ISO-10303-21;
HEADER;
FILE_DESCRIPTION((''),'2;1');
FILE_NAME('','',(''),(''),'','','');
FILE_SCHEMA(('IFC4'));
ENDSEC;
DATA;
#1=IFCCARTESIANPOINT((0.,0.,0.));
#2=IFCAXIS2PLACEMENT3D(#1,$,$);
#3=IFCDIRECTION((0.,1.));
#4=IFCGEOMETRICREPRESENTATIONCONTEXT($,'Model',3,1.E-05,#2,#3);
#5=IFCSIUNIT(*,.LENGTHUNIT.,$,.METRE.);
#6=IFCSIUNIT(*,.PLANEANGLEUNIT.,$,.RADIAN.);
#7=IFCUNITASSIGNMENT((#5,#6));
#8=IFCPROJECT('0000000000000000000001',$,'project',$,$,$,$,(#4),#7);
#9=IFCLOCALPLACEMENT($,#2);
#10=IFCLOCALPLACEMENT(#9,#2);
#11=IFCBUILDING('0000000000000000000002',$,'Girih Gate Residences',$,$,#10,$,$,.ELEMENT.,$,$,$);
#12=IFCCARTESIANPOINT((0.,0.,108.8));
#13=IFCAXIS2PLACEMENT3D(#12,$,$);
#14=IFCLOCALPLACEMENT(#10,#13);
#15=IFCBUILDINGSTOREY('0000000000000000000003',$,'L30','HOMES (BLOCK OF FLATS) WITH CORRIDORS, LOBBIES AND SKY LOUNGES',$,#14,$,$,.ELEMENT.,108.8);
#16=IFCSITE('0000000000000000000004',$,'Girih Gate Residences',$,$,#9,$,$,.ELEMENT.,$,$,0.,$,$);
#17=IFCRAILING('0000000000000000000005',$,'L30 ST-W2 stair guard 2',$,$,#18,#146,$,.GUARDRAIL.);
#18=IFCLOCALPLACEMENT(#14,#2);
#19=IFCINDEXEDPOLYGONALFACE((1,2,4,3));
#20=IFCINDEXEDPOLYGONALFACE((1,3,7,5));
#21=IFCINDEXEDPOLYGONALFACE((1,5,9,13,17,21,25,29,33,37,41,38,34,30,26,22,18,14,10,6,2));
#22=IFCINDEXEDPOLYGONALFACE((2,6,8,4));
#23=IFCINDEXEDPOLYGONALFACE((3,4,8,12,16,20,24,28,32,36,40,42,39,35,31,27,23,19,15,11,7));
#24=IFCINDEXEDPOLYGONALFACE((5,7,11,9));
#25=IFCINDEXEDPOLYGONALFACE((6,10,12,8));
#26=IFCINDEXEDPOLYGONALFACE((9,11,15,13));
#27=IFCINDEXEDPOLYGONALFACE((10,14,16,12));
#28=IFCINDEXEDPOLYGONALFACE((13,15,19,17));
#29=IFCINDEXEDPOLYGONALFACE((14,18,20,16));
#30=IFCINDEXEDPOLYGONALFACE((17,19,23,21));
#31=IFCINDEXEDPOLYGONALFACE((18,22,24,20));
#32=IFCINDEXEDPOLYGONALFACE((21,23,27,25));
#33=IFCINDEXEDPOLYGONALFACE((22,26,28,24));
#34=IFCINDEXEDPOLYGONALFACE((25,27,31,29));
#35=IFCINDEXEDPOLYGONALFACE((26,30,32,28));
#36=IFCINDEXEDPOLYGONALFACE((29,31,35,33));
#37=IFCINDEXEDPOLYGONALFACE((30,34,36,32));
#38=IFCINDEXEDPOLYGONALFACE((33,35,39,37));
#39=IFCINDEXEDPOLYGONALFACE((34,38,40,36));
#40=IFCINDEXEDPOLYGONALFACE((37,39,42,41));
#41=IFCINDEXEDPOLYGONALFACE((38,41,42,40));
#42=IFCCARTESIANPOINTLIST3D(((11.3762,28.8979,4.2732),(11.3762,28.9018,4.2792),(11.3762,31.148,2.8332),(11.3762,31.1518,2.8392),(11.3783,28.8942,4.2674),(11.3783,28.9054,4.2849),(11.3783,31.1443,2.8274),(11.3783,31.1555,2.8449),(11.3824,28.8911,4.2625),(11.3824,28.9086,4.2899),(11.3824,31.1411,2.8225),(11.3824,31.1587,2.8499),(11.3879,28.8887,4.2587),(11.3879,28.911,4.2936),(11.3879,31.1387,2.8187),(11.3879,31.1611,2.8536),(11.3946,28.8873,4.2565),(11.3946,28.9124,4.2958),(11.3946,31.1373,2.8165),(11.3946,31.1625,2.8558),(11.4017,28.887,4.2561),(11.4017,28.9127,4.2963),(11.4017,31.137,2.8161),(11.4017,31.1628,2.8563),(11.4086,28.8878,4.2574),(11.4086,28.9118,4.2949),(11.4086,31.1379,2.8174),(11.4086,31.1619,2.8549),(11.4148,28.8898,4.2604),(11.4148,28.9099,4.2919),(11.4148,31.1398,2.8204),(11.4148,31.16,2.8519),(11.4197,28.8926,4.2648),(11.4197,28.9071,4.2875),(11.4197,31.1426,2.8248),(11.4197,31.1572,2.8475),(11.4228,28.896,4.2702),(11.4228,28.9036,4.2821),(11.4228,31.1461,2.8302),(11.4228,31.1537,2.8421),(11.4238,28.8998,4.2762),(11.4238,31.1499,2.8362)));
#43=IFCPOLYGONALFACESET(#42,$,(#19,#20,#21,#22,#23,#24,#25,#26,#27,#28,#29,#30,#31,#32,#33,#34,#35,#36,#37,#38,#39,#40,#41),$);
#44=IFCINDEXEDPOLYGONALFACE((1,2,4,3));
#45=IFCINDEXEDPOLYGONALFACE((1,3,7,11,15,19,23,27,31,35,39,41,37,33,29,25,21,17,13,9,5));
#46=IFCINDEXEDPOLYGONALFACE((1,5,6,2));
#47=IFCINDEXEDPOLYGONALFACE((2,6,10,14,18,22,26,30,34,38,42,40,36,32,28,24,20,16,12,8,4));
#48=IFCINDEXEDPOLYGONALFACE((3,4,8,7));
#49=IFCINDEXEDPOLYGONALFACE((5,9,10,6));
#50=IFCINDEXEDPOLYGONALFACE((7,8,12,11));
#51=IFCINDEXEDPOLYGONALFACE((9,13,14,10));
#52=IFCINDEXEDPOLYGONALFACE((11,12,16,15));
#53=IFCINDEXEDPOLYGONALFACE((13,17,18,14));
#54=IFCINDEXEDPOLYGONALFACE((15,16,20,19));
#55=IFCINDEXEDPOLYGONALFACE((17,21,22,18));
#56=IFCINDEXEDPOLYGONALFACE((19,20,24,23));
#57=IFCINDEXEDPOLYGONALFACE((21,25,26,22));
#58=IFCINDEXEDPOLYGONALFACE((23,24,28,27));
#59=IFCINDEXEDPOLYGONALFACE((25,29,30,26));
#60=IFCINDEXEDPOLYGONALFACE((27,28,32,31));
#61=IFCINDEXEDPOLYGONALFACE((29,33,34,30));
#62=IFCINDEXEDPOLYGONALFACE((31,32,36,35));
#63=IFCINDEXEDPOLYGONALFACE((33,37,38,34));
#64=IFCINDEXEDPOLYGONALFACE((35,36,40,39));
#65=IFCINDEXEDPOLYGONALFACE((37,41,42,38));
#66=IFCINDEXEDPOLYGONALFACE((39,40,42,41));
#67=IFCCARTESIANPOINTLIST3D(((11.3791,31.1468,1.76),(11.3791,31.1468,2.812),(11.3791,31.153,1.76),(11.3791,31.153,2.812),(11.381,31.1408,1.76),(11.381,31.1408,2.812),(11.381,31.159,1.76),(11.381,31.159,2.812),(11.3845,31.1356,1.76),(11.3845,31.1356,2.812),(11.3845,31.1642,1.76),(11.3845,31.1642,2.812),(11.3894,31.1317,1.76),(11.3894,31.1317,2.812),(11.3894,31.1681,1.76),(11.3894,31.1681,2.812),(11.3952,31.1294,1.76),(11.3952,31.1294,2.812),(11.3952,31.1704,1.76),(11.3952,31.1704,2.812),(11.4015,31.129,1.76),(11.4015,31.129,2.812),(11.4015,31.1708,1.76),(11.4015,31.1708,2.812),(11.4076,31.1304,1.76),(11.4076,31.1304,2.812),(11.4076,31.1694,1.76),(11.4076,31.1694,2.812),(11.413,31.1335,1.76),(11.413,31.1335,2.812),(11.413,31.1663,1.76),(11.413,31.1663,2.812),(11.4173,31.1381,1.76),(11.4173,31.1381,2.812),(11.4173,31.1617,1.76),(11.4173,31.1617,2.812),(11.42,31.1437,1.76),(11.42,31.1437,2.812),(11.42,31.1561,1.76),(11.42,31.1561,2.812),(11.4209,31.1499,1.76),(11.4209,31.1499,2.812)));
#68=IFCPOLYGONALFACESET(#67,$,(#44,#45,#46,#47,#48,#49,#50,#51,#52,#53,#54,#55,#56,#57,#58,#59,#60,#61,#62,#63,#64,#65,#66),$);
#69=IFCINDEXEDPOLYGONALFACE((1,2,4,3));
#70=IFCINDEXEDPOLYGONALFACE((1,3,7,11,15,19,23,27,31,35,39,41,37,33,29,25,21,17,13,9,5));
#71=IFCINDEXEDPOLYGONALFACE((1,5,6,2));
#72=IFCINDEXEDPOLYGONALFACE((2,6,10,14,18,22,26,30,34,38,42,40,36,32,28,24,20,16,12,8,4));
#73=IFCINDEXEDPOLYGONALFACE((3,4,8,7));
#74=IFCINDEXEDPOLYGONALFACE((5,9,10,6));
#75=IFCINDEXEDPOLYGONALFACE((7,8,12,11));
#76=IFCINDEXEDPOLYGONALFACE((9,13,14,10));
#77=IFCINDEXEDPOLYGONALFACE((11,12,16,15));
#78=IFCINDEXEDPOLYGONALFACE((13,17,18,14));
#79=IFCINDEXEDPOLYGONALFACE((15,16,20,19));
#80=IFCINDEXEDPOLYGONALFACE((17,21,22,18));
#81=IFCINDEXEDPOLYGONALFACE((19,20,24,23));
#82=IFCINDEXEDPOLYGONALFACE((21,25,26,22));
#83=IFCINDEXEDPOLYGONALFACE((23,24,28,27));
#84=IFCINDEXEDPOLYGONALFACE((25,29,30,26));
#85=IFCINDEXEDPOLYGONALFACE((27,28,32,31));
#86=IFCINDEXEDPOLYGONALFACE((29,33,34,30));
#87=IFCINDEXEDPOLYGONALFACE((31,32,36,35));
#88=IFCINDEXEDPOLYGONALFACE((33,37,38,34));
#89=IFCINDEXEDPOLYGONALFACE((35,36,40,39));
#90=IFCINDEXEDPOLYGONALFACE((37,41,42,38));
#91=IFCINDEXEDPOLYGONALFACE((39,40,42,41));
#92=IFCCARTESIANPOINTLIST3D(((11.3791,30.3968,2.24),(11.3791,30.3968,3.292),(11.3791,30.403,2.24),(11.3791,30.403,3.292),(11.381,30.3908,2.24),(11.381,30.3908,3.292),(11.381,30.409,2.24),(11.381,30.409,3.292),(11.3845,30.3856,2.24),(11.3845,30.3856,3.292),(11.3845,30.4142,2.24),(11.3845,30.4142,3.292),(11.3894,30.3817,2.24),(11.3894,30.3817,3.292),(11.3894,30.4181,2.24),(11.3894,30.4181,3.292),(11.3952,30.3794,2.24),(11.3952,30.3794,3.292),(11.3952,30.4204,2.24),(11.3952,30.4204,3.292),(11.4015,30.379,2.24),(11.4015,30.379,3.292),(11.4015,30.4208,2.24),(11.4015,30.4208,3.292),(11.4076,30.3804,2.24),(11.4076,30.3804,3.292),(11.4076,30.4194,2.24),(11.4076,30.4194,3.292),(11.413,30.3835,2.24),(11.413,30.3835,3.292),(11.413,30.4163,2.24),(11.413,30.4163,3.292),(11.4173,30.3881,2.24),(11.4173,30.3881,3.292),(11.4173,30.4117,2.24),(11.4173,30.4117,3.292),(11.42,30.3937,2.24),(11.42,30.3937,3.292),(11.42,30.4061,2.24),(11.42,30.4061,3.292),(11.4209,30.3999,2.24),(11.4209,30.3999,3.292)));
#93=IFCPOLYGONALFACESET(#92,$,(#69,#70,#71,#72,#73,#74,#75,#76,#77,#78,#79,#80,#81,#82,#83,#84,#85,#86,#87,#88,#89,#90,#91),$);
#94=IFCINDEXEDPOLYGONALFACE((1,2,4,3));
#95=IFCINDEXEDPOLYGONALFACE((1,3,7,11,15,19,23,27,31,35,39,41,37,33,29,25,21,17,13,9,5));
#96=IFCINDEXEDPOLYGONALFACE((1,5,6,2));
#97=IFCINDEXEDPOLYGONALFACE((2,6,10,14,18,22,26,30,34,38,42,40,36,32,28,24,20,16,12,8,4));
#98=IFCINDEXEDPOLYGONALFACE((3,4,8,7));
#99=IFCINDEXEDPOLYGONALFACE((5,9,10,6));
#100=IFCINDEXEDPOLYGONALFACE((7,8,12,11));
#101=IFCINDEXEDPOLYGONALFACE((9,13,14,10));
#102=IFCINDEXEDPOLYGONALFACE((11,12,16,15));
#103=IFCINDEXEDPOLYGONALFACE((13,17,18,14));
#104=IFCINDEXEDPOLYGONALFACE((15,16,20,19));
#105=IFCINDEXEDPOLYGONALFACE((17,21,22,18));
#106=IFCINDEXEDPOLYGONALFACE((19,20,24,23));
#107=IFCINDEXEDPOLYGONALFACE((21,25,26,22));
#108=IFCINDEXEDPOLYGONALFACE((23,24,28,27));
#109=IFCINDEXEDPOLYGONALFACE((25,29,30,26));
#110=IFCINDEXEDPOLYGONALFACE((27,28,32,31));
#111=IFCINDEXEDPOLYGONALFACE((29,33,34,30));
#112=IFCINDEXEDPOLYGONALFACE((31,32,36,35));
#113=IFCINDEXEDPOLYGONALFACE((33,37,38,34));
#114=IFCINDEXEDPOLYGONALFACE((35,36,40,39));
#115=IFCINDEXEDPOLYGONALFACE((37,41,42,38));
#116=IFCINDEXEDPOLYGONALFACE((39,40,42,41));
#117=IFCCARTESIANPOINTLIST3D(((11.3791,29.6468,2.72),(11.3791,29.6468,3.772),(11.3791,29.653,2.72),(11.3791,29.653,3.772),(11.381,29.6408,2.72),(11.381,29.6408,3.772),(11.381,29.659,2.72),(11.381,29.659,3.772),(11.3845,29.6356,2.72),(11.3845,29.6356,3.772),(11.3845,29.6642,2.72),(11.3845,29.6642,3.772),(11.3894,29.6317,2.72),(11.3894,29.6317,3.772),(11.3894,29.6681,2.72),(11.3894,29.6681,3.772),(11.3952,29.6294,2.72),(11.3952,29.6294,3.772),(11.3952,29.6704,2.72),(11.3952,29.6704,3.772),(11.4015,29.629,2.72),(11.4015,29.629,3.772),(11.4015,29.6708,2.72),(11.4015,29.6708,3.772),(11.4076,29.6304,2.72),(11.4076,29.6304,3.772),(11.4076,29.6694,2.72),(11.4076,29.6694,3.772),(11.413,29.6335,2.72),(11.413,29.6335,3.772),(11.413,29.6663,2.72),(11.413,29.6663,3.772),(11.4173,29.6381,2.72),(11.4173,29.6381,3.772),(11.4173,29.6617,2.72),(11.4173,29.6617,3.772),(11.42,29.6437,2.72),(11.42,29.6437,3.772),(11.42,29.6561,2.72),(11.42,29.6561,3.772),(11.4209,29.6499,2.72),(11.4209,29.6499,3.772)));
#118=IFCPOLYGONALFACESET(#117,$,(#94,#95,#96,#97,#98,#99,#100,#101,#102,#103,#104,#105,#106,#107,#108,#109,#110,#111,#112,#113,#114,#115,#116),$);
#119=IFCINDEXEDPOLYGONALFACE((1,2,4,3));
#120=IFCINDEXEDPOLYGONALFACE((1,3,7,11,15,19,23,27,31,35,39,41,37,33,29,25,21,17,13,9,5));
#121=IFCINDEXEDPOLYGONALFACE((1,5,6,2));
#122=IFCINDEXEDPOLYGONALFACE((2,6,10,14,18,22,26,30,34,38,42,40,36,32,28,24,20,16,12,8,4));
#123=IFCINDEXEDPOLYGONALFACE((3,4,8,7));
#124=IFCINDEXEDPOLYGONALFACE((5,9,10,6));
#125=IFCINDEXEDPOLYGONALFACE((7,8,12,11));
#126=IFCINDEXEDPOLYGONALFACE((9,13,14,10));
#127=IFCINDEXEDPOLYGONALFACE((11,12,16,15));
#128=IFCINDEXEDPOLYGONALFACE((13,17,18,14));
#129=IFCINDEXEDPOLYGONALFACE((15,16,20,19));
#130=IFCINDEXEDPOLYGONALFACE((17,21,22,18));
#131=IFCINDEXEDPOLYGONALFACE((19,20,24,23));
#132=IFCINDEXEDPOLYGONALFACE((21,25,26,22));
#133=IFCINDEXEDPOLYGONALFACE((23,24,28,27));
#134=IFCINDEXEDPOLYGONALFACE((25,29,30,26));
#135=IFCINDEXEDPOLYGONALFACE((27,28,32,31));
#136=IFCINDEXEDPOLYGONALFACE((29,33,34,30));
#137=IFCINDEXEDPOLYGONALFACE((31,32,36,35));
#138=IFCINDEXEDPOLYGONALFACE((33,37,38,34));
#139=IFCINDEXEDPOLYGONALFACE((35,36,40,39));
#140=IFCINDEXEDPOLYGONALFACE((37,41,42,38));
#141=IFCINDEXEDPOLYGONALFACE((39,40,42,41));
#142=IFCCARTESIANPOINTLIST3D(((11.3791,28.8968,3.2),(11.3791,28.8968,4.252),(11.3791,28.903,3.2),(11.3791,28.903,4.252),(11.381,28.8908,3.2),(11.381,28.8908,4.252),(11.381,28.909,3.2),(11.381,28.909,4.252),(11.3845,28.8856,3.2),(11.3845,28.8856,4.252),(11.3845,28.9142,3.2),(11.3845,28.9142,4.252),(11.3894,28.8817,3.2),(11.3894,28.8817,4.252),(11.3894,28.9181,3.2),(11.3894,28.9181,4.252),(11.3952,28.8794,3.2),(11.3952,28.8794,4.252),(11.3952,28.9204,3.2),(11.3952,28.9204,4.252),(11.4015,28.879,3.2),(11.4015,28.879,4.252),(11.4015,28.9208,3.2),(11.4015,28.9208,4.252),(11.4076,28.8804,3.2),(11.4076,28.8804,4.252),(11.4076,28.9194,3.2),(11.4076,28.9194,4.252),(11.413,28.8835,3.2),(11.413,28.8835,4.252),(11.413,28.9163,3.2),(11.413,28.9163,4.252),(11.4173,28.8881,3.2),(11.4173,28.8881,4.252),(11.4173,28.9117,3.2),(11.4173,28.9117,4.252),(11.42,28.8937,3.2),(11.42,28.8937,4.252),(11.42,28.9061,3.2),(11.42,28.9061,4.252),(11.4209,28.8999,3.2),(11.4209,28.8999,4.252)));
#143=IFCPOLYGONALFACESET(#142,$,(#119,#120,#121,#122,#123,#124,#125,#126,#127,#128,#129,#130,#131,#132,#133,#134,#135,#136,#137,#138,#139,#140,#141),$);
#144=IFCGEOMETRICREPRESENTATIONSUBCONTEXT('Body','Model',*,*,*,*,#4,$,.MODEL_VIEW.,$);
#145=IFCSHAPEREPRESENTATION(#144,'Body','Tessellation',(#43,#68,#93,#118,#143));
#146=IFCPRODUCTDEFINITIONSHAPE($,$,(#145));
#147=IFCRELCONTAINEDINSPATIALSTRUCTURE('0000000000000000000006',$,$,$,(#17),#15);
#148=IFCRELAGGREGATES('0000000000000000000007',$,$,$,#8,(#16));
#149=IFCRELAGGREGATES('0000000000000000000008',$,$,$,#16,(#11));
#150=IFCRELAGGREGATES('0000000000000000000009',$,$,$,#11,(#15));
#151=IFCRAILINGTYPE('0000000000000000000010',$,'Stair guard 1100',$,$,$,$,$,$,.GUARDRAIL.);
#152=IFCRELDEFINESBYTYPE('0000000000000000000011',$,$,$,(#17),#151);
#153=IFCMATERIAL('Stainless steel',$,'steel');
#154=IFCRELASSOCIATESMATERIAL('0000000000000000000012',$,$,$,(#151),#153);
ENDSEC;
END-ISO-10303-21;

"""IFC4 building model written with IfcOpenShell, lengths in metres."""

from ifc_helpers import new_model, si_unit, direction, frame, origin, origin_2d, place, context, subcontext, project, spatial, circle, extrude, material, type_object, element, save


model = new_model("IFC4")

# Units and contexts
model_context = context("Model", 3, precision=1e-05, world=origin(), true_north=direction((0.0, 1.0)))
body_context = subcontext(model_context, "Body", "Model", "MODEL_VIEW")
ifc_project = project(units=[si_unit("LENGTHUNIT", "METRE"), si_unit("PLANEANGLEUNIT", "RADIAN")], contexts=[model_context])

# Site, building, storey
site_placement = place(None, origin())
site = spatial("IfcSite", under=ifc_project, at=site_placement, Name="Girih Gate Residences", CompositionType="ELEMENT", RefElevation=0.0)
building_placement = place(site_placement, origin())
building = spatial("IfcBuilding", under=site, at=building_placement, Name="Girih Gate Residences", CompositionType="ELEMENT")
storey_placement = place(building_placement, frame((0.0, 0.0, 108.8)))
storey = spatial("IfcBuildingStorey", under=building, at=storey_placement, Name="L30", Description="HOMES (BLOCK OF FLATS) WITH CORRIDORS, LOBBIES AND SKY LOUNGES", CompositionType="ELEMENT", Elevation=108.8)

# Railing
ifc_material_1 = material(Name="Stainless steel", Category="steel")
railing_type_1 = type_object("IfcRailingType", Name="Stair guard 1100", PredefinedType="GUARDRAIL", material=ifc_material_1)
railing_1_placement = place(storey_placement, frame((11.3999, 31.1499, 1.76)))
element("IfcRailing", 1, at=railing_1_placement, inside=storey, type_object=railing_type_1, Name="L30 ST-W2 stair guard 2", PredefinedType="GUARDRAIL", context=body_context, shape_type="SweptSolid", body=[
    extrude(circle(Radius=0.0239, at=origin_2d()), frame((0.0, 0.0, 1.0762), z_axis=(0.0, -0.842281, 0.539038), x_axis=(1.0, 0.0, 0.0)), (0.0, 0.0, 1.0), 2.6714),
    extrude(circle(Radius=0.021, at=origin_2d()), origin(), (0.0, 0.0, 1.0), 1.052),
    extrude(circle(Radius=0.021, at=origin_2d()), frame((0.0, -0.75, 0.48)), (0.0, 0.0, 1.0), 1.052),
    extrude(circle(Radius=0.021, at=origin_2d()), frame((0.0, -1.5, 0.96)), (0.0, 0.0, 1.0), 1.052),
    extrude(circle(Radius=0.021, at=origin_2d()), frame((0.0, -2.25, 1.4399)), (0.0, 0.0, 1.0), 1.052),
])

save(model, "model.ifc")
